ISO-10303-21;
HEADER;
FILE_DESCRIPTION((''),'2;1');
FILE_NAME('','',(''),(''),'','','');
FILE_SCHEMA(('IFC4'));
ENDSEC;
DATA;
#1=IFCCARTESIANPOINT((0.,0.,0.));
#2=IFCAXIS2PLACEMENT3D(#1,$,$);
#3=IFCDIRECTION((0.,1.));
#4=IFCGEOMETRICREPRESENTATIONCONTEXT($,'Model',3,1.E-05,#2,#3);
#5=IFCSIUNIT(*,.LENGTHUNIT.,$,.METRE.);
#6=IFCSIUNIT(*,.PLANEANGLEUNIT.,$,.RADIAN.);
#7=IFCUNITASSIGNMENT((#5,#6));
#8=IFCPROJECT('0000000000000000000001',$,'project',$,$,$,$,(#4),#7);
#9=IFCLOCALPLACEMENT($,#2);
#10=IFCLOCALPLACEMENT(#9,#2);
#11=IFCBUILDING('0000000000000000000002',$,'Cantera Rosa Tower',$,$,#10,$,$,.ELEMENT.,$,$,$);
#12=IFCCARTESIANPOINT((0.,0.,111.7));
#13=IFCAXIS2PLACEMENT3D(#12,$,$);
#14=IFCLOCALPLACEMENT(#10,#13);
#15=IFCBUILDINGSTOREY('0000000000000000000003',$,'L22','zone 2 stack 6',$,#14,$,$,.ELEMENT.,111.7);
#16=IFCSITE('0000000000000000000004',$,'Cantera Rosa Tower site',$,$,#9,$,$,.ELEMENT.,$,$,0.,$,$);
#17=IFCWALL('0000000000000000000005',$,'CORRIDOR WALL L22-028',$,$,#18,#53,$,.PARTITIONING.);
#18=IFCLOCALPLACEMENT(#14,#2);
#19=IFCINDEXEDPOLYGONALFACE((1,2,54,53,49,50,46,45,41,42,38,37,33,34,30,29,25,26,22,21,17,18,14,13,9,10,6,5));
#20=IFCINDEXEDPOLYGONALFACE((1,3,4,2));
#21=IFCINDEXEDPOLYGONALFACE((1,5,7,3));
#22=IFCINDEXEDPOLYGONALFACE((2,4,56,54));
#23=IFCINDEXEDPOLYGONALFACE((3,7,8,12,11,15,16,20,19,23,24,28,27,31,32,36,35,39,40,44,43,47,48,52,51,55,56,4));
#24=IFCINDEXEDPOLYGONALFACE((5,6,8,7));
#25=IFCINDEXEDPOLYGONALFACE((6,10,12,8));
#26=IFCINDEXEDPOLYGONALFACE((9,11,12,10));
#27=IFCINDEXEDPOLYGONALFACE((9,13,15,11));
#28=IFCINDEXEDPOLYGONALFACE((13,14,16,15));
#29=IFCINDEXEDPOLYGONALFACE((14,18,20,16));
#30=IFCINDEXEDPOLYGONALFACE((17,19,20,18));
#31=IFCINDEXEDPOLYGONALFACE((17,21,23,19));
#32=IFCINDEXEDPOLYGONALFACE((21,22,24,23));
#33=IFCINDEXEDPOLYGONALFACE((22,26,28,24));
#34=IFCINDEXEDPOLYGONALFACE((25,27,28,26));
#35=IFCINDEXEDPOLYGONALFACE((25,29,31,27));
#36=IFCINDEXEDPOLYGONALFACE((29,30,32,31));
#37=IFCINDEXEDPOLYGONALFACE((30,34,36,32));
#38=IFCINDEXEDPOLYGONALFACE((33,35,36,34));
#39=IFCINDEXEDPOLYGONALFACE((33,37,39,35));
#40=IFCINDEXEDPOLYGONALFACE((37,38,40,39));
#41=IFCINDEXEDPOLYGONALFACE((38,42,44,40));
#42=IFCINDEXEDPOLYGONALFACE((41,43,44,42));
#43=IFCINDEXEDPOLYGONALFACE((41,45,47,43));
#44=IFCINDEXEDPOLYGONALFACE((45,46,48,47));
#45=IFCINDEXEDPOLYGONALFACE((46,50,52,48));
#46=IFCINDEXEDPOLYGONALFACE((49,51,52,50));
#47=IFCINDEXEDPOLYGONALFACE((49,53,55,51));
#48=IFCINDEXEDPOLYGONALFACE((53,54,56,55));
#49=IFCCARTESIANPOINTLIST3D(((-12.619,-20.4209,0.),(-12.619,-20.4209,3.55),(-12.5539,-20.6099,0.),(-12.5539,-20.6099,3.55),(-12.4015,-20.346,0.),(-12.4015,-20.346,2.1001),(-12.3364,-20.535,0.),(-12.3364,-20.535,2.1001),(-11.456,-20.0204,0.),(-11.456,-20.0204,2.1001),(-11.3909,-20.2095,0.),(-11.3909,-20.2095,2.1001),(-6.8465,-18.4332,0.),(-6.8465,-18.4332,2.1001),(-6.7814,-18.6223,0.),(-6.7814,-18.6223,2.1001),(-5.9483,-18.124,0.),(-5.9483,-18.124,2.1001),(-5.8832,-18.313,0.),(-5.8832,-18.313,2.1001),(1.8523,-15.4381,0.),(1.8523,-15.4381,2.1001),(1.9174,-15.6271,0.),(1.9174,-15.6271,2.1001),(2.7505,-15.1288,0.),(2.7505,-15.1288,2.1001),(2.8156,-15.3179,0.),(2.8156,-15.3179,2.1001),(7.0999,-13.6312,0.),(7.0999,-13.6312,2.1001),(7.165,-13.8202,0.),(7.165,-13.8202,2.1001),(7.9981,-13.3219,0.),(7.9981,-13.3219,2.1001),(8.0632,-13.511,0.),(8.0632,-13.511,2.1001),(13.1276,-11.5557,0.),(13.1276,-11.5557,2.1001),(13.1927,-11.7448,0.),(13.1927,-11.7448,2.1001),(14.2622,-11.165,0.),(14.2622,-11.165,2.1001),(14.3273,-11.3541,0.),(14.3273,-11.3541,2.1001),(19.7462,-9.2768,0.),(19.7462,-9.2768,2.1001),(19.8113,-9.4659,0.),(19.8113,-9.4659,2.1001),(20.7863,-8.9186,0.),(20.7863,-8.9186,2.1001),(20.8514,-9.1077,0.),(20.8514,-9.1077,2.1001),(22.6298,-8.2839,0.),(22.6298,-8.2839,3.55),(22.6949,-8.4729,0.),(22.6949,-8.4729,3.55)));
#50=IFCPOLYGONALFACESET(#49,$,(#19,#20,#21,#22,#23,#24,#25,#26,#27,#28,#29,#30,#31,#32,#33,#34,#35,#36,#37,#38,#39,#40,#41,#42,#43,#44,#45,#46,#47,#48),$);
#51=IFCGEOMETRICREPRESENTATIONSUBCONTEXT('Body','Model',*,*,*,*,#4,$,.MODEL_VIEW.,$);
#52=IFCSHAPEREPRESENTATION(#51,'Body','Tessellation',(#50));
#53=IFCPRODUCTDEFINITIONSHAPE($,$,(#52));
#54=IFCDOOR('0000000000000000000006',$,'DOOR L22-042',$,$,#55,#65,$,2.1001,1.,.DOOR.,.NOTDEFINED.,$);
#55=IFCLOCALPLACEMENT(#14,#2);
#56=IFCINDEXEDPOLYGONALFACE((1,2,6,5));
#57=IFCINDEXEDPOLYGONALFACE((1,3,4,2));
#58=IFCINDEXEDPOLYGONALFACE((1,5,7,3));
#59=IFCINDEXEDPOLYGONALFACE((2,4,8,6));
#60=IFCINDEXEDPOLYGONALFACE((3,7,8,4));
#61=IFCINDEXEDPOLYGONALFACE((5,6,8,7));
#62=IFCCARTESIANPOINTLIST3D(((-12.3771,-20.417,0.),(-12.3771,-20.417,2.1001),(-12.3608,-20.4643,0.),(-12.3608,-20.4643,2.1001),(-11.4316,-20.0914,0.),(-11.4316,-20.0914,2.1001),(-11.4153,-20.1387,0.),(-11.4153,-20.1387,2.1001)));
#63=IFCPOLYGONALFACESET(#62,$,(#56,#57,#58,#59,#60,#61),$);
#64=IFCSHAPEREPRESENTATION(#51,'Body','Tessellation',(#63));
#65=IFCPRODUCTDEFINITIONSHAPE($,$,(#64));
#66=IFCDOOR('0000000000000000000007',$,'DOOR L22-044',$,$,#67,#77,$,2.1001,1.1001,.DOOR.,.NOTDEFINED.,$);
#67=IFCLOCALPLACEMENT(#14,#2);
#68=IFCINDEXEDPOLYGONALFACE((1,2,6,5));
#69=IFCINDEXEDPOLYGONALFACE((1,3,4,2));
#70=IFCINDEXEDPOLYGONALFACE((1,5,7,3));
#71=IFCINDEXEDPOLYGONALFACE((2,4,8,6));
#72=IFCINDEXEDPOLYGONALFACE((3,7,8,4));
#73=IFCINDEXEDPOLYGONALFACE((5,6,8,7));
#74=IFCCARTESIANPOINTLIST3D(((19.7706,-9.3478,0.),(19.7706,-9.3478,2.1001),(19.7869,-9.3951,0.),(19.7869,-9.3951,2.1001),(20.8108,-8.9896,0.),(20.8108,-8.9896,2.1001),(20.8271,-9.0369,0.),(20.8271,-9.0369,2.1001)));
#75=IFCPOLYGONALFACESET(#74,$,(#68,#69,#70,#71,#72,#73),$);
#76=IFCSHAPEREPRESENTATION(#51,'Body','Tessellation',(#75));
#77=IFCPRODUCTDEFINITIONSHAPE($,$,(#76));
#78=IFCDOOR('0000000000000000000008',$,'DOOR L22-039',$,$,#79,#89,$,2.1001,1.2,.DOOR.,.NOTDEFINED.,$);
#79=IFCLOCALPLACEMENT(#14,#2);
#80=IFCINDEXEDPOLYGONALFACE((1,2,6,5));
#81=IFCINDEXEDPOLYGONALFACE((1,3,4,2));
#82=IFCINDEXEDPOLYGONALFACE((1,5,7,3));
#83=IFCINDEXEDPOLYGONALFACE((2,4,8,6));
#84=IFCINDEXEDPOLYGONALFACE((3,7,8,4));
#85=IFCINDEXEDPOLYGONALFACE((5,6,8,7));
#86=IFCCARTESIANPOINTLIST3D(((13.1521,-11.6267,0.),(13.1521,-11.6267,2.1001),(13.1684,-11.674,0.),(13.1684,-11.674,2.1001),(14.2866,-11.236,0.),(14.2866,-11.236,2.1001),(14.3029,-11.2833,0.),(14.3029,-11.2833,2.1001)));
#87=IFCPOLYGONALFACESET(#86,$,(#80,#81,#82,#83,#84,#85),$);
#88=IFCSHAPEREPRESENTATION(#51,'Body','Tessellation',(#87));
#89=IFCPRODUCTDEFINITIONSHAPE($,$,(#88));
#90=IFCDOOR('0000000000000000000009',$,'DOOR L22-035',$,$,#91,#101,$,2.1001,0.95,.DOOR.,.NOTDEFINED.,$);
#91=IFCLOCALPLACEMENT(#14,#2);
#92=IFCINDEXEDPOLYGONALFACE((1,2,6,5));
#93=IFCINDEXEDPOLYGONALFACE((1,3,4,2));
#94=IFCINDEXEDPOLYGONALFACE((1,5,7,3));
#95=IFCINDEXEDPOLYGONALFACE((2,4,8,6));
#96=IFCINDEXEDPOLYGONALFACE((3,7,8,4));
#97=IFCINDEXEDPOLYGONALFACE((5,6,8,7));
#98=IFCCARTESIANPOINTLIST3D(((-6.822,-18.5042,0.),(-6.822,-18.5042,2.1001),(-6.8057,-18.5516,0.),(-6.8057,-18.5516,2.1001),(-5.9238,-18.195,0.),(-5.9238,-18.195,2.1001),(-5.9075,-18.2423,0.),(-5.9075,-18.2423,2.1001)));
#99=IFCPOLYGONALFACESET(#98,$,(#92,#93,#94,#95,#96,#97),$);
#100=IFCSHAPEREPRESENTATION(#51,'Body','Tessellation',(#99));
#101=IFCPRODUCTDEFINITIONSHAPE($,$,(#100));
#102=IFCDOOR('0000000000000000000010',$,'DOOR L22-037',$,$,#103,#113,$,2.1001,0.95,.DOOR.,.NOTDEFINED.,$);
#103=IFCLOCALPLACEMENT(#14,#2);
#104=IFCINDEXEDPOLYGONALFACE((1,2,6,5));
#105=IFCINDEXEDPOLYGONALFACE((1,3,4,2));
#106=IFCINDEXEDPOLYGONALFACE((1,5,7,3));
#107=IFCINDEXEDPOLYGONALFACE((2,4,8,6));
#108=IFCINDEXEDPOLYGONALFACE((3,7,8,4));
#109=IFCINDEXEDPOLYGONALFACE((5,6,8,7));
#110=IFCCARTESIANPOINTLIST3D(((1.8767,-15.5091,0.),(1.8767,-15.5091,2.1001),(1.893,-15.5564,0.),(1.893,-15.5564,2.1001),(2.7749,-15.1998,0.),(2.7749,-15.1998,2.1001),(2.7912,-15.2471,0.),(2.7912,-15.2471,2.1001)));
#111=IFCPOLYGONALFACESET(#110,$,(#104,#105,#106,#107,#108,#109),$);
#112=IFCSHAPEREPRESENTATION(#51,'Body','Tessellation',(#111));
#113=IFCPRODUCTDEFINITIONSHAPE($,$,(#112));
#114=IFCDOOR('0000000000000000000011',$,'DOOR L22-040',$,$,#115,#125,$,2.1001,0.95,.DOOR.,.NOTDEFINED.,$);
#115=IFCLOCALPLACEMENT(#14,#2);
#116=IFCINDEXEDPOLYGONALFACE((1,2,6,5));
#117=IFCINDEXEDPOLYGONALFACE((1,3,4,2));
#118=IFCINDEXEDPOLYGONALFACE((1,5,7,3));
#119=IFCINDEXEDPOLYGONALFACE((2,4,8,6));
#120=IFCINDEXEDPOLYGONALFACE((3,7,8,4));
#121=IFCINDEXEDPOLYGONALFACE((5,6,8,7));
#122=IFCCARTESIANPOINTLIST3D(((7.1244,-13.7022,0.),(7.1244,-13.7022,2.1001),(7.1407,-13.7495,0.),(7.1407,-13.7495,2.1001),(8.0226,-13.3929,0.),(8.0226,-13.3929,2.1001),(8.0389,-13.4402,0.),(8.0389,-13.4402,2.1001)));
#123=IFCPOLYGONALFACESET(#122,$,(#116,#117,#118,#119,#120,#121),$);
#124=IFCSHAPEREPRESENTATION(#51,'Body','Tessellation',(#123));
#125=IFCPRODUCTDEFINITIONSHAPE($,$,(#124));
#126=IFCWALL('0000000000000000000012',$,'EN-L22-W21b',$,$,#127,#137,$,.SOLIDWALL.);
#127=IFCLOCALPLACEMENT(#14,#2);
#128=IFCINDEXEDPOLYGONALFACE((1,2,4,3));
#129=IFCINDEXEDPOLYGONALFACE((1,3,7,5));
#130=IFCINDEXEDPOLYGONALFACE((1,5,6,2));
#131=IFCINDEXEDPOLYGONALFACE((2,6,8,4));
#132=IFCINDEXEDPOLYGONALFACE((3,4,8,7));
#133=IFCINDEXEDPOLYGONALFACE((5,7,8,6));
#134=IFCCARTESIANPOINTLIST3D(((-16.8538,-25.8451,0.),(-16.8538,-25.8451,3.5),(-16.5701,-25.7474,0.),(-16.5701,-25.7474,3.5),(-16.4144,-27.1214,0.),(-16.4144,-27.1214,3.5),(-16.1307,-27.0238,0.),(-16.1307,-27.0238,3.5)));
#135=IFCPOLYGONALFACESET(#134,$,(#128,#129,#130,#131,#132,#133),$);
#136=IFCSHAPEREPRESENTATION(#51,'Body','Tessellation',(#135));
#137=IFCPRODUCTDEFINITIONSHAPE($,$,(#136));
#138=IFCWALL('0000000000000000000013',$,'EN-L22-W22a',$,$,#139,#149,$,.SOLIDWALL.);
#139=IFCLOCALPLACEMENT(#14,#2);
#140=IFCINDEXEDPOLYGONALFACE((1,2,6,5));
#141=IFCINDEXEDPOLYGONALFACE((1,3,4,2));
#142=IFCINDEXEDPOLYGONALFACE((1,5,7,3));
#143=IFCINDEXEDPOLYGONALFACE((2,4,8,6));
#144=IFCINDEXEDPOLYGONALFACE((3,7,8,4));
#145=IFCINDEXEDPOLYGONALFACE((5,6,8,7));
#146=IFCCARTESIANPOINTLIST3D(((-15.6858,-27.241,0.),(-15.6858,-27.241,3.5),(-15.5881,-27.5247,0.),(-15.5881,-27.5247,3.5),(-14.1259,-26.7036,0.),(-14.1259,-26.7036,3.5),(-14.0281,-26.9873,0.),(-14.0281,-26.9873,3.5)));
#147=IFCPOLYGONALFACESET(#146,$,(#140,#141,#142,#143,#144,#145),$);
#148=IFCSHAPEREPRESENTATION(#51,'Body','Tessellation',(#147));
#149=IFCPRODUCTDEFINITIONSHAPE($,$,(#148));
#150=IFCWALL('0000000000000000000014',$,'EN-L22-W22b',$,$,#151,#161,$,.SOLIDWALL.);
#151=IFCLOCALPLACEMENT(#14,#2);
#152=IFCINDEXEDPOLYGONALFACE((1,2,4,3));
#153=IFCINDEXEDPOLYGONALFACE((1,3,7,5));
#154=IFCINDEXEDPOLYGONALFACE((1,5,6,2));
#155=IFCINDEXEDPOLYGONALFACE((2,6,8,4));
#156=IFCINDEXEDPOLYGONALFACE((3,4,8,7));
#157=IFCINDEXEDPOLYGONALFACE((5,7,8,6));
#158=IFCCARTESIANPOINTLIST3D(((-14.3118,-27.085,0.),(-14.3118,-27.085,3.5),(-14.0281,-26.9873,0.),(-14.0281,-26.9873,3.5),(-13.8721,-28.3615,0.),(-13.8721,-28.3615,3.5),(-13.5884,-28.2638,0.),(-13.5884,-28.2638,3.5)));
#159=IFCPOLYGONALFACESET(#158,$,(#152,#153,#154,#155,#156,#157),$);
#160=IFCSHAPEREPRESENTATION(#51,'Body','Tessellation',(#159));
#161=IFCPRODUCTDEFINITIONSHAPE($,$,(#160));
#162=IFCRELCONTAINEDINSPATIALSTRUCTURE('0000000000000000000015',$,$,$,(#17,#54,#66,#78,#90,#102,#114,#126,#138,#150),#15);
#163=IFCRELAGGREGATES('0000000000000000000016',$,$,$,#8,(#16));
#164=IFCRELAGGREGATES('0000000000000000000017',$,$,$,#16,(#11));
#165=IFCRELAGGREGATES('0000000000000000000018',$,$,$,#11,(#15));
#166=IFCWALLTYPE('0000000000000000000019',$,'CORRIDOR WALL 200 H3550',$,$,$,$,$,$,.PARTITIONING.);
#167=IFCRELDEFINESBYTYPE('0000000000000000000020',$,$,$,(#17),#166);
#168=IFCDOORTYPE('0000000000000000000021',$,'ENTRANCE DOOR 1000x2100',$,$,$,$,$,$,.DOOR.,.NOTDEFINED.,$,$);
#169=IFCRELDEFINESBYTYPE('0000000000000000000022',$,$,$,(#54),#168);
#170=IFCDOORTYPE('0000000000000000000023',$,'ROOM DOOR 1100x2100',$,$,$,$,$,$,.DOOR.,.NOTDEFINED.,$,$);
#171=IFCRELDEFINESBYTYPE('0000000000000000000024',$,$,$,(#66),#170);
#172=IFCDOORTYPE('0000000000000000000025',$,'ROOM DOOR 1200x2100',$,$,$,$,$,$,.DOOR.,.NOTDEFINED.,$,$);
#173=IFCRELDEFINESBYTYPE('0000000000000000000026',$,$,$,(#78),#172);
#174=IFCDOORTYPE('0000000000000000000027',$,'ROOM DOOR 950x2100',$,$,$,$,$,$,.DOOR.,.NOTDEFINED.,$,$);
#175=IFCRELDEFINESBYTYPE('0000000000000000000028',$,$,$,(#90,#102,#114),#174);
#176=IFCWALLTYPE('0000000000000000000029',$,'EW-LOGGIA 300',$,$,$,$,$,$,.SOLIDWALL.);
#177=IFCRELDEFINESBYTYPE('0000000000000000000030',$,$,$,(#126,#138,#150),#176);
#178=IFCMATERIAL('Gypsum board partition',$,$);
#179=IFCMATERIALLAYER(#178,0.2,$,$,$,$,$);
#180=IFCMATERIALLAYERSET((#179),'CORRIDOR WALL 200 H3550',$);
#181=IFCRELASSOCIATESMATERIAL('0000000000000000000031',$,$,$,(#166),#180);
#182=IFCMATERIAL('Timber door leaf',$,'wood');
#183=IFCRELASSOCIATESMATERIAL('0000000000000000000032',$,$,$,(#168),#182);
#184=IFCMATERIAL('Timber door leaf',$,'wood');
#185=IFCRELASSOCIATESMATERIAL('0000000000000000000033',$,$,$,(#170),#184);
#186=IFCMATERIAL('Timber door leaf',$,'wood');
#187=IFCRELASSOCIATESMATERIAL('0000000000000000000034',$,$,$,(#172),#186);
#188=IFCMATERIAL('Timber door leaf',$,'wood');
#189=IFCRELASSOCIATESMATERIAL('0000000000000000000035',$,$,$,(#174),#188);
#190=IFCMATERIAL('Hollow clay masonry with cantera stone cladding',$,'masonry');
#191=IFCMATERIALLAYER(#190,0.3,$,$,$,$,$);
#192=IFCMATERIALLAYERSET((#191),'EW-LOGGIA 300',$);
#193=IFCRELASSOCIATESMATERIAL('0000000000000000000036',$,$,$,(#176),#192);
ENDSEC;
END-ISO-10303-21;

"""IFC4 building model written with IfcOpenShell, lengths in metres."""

from ifc_helpers import new_model, si_unit, direction, frame, frame_2d, origin, place, context, subcontext, project, spatial, rectangle, extrude, material, layer, layer_set, type_object, element, fill, save


model = new_model("IFC4")

# Units and contexts
model_context = context("Model", 3, precision=1e-05, world=origin(), true_north=direction((0.0, 1.0)))
body_context = subcontext(model_context, "Body", "Model", "MODEL_VIEW")
ifc_project = project(units=[si_unit("LENGTHUNIT", "METRE"), si_unit("PLANEANGLEUNIT", "RADIAN")], contexts=[model_context])

# Site, building, storey
site_placement = place(None, origin())
site = spatial("IfcSite", under=ifc_project, at=site_placement, Name="Cantera Rosa Tower site", CompositionType="ELEMENT", RefElevation=0.0)
building_placement = place(site_placement, origin())
building = spatial("IfcBuilding", under=site, at=building_placement, Name="Cantera Rosa Tower", CompositionType="ELEMENT")
storey_placement = place(building_placement, frame((0.0, 0.0, 111.7)))
storey = spatial("IfcBuildingStorey", under=building, at=storey_placement, Name="L22", Description="zone 2 stack 6", CompositionType="ELEMENT", Elevation=111.7)

# Wall, openings, doors
ifc_material_1 = material(Name="Gypsum board partition")
ifc_layer_1 = layer(ifc_material_1, 0.2)
ifc_layer_set_1 = layer_set([ifc_layer_1], Name="CORRIDOR WALL 200 H3550")
wall_type_1 = type_object("IfcWallType", Name="CORRIDOR WALL 200 H3550", PredefinedType="PARTITIONING", material=ifc_layer_set_1)
wall_1_placement = place(storey_placement, frame((-12.5864, -20.5154, 0.0), z_axis=(0.0, 0.0, 1.0), x_axis=(0.94552, 0.325564, 0.0)))
wall_1 = element("IfcWall", 1, at=wall_1_placement, inside=storey, type_object=wall_type_1, Name="CORRIDOR WALL L22-028", PredefinedType="PARTITIONING", context=body_context, shape_type="SweptSolid", body=[
    extrude(rectangle(XDim=37.2798, YDim=0.2, at=frame_2d((18.6399, 0.0))), origin(), (0.0, 0.0, 1.0), 3.55),
])
opening_1_placement = place(wall_1_placement, frame((6.105, 0.0, 0.0)))
opening_1 = element("IfcOpeningElement", 2, at=opening_1_placement, cuts=wall_1, PredefinedType="OPENING", context=body_context, shape_type="SweptSolid", body=[
    extrude(rectangle(XDim=0.95, YDim=2.1001, at=frame_2d((0.4751, 1.05))), frame((0.0, 0.1099, 0.0), z_axis=(0.0, -1.0, 0.0), x_axis=(1.0, 0.0, 0.0)), (0.0, 0.0, 1.0), 0.22),
])
opening_2_placement = place(wall_1_placement, frame((15.3049, 0.0, 0.0)))
opening_2 = element("IfcOpeningElement", 3, at=opening_2_placement, cuts=wall_1, PredefinedType="OPENING", context=body_context, shape_type="SweptSolid", body=[
    extrude(rectangle(XDim=0.95, YDim=2.1001, at=frame_2d((0.4751, 1.05))), frame((0.0, 0.1099, 0.0), z_axis=(0.0, -1.0, 0.0), x_axis=(1.0, 0.0, 0.0)), (0.0, 0.0, 1.0), 0.22),
])
opening_3_placement = place(wall_1_placement, frame((27.23, 0.0, 0.0)))
opening_3 = element("IfcOpeningElement", 4, at=opening_3_placement, cuts=wall_1, PredefinedType="OPENING", context=body_context, shape_type="SweptSolid", body=[
    extrude(rectangle(XDim=1.2, YDim=2.1001, at=frame_2d((0.6001, 1.05))), frame((0.0, 0.1099, 0.0), z_axis=(0.0, -1.0, 0.0), x_axis=(1.0, 0.0, 0.0)), (0.0, 0.0, 1.0), 0.22),
])
opening_4_placement = place(wall_1_placement, frame((20.855, 0.0, 0.0)))
opening_4 = element("IfcOpeningElement", 5, at=opening_4_placement, cuts=wall_1, PredefinedType="OPENING", context=body_context, shape_type="SweptSolid", body=[
    extrude(rectangle(XDim=0.95, YDim=2.1001, at=frame_2d((0.4751, 1.05))), frame((0.0, 0.1099, 0.0), z_axis=(0.0, -1.0, 0.0), x_axis=(1.0, 0.0, 0.0)), (0.0, 0.0, 1.0), 0.22),
])
opening_5_placement = place(wall_1_placement, frame((0.23, 0.0, 0.0)))
opening_5 = element("IfcOpeningElement", 6, at=opening_5_placement, cuts=wall_1, PredefinedType="OPENING", context=body_context, shape_type="SweptSolid", body=[
    extrude(rectangle(XDim=1.0, YDim=2.1001, at=frame_2d((0.5, 1.05))), frame((0.0, 0.1099, 0.0), z_axis=(0.0, -1.0, 0.0), x_axis=(1.0, 0.0, 0.0)), (0.0, 0.0, 1.0), 0.22),
])
opening_6_placement = place(wall_1_placement, frame((34.23, 0.0, 0.0)))
opening_6 = element("IfcOpeningElement", 7, at=opening_6_placement, cuts=wall_1, PredefinedType="OPENING", context=body_context, shape_type="SweptSolid", body=[
    extrude(rectangle(XDim=1.1001, YDim=2.1001, at=frame_2d((0.55, 1.05))), frame((0.0, 0.1099, 0.0), z_axis=(0.0, -1.0, 0.0), x_axis=(1.0, 0.0, 0.0)), (0.0, 0.0, 1.0), 0.22),
])
ifc_material_2 = material(Name="Timber door leaf", Category="wood")
door_type_1 = type_object("IfcDoorType", Name="ENTRANCE DOOR 1000x2100", OperationType="NOTDEFINED", PredefinedType="DOOR", material=ifc_material_2)
door_1_placement = place(opening_5_placement, origin())
door_1 = element("IfcDoor", 8, at=door_1_placement, inside=storey, type_object=door_type_1, Name="DOOR L22-042", OperationType="NOTDEFINED", OverallHeight=2.1001, OverallWidth=1.0, PredefinedType="DOOR", context=body_context, shape_type="SweptSolid", body=[
    extrude(rectangle(XDim=1.0, YDim=2.1001, at=frame_2d((0.5, 1.05))), frame((0.0, 0.0249, 0.0), z_axis=(0.0, -1.0, 0.0), x_axis=(1.0, 0.0, 0.0)), (0.0, 0.0, 1.0), 0.05),
])
fill(opening_5, door_1)
ifc_material_3 = material(Name="Timber door leaf", Category="wood")
door_type_2 = type_object("IfcDoorType", Name="ROOM DOOR 1100x2100", OperationType="NOTDEFINED", PredefinedType="DOOR", material=ifc_material_3)
door_2_placement = place(opening_6_placement, origin())
door_2 = element("IfcDoor", 9, at=door_2_placement, inside=storey, type_object=door_type_2, Name="DOOR L22-044", OperationType="NOTDEFINED", OverallHeight=2.1001, OverallWidth=1.1001, PredefinedType="DOOR", context=body_context, shape_type="SweptSolid", body=[
    extrude(rectangle(XDim=1.1001, YDim=2.1001, at=frame_2d((0.55, 1.05))), frame((0.0, 0.0249, 0.0), z_axis=(0.0, -1.0, 0.0), x_axis=(1.0, 0.0, 0.0)), (0.0, 0.0, 1.0), 0.05),
])
fill(opening_6, door_2)
ifc_material_4 = material(Name="Timber door leaf", Category="wood")
door_type_3 = type_object("IfcDoorType", Name="ROOM DOOR 1200x2100", OperationType="NOTDEFINED", PredefinedType="DOOR", material=ifc_material_4)
door_3_placement = place(opening_3_placement, origin())
door_3 = element("IfcDoor", 10, at=door_3_placement, inside=storey, type_object=door_type_3, Name="DOOR L22-039", OperationType="NOTDEFINED", OverallHeight=2.1001, OverallWidth=1.2, PredefinedType="DOOR", context=body_context, shape_type="SweptSolid", body=[
    extrude(rectangle(XDim=1.2, YDim=2.1001, at=frame_2d((0.6001, 1.05))), frame((0.0, 0.0249, 0.0), z_axis=(0.0, -1.0, 0.0), x_axis=(1.0, 0.0, 0.0)), (0.0, 0.0, 1.0), 0.05),
])
fill(opening_3, door_3)
ifc_material_5 = material(Name="Timber door leaf", Category="wood")
door_type_4 = type_object("IfcDoorType", Name="ROOM DOOR 950x2100", OperationType="NOTDEFINED", PredefinedType="DOOR", material=ifc_material_5)
door_4_placement = place(opening_1_placement, origin())
door_4 = element("IfcDoor", 11, at=door_4_placement, inside=storey, type_object=door_type_4, Name="DOOR L22-035", OperationType="NOTDEFINED", OverallHeight=2.1001, OverallWidth=0.95, PredefinedType="DOOR", context=body_context, shape_type="SweptSolid", body=[
    extrude(rectangle(XDim=0.95, YDim=2.1001, at=frame_2d((0.4751, 1.05))), frame((0.0, 0.0249, 0.0), z_axis=(0.0, -1.0, 0.0), x_axis=(1.0, 0.0, 0.0)), (0.0, 0.0, 1.0), 0.05),
])
fill(opening_1, door_4)
door_5_placement = place(opening_2_placement, origin())
door_5 = element("IfcDoor", 12, at=door_5_placement, inside=storey, type_object=door_type_4, Name="DOOR L22-037", OperationType="NOTDEFINED", OverallHeight=2.1001, OverallWidth=0.95, PredefinedType="DOOR", context=body_context, shape_type="SweptSolid", body=[
    extrude(rectangle(XDim=0.95, YDim=2.1001, at=frame_2d((0.4751, 1.05))), frame((0.0, 0.0249, 0.0), z_axis=(0.0, -1.0, 0.0), x_axis=(1.0, 0.0, 0.0)), (0.0, 0.0, 1.0), 0.05),
])
fill(opening_2, door_5)
door_6_placement = place(opening_4_placement, origin())
door_6 = element("IfcDoor", 13, at=door_6_placement, inside=storey, type_object=door_type_4, Name="DOOR L22-040", OperationType="NOTDEFINED", OverallHeight=2.1001, OverallWidth=0.95, PredefinedType="DOOR", context=body_context, shape_type="SweptSolid", body=[
    extrude(rectangle(XDim=0.95, YDim=2.1001, at=frame_2d((0.4751, 1.05))), frame((0.0, 0.0249, 0.0), z_axis=(0.0, -1.0, 0.0), x_axis=(1.0, 0.0, 0.0)), (0.0, 0.0, 1.0), 0.05),
])
fill(opening_4, door_6)

# Walls
ifc_material_6 = material(Name="Hollow clay masonry with cantera stone cladding", Category="masonry")
ifc_layer_2 = layer(ifc_material_6, 0.3)
ifc_layer_set_2 = layer_set([ifc_layer_2], Name="EW-LOGGIA 300")
wall_type_2 = type_object("IfcWallType", Name="EW-LOGGIA 300", PredefinedType="SOLIDWALL", material=ifc_layer_set_2)
wall_2_placement = place(storey_placement, frame((-16.7119, -25.7964, 0.0), z_axis=(0.0, 0.0, 1.0), x_axis=(0.325545, -0.945527, 0.0)))
element("IfcWall", 14, at=wall_2_placement, inside=storey, type_object=wall_type_2, Name="EN-L22-W21b", PredefinedType="SOLIDWALL", context=body_context, shape_type="SweptSolid", body=[
    extrude(rectangle(XDim=1.3499, YDim=0.3, at=frame_2d((0.6748, 0.0))), origin(), (0.0, 0.0, 1.0), 3.5),
])
wall_3_placement = place(storey_placement, frame((-15.637, -27.3828, 0.0), z_axis=(0.0, 0.0, 1.0), x_axis=(0.945485, 0.325667, 0.0)))
element("IfcWall", 15, at=wall_3_placement, inside=storey, type_object=wall_type_2, Name="EN-L22-W22a", PredefinedType="SOLIDWALL", context=body_context, shape_type="SweptSolid", body=[
    extrude(rectangle(XDim=1.6499, YDim=0.3, at=frame_2d((0.825, 0.0))), origin(), (0.0, 0.0, 1.0), 3.5),
])
wall_4_placement = place(storey_placement, frame((-14.1699, -27.0361, 0.0), z_axis=(0.0, 0.0, 1.0), x_axis=(0.325651, -0.94549, 0.0)))
element("IfcWall", 16, at=wall_4_placement, inside=storey, type_object=wall_type_2, Name="EN-L22-W22b", PredefinedType="SOLIDWALL", context=body_context, shape_type="SweptSolid", body=[
    extrude(rectangle(XDim=1.3501, YDim=0.3, at=frame_2d((0.675, 0.0))), origin(), (0.0, 0.0, 1.0), 3.5),
])

save(model, "model.ifc")
